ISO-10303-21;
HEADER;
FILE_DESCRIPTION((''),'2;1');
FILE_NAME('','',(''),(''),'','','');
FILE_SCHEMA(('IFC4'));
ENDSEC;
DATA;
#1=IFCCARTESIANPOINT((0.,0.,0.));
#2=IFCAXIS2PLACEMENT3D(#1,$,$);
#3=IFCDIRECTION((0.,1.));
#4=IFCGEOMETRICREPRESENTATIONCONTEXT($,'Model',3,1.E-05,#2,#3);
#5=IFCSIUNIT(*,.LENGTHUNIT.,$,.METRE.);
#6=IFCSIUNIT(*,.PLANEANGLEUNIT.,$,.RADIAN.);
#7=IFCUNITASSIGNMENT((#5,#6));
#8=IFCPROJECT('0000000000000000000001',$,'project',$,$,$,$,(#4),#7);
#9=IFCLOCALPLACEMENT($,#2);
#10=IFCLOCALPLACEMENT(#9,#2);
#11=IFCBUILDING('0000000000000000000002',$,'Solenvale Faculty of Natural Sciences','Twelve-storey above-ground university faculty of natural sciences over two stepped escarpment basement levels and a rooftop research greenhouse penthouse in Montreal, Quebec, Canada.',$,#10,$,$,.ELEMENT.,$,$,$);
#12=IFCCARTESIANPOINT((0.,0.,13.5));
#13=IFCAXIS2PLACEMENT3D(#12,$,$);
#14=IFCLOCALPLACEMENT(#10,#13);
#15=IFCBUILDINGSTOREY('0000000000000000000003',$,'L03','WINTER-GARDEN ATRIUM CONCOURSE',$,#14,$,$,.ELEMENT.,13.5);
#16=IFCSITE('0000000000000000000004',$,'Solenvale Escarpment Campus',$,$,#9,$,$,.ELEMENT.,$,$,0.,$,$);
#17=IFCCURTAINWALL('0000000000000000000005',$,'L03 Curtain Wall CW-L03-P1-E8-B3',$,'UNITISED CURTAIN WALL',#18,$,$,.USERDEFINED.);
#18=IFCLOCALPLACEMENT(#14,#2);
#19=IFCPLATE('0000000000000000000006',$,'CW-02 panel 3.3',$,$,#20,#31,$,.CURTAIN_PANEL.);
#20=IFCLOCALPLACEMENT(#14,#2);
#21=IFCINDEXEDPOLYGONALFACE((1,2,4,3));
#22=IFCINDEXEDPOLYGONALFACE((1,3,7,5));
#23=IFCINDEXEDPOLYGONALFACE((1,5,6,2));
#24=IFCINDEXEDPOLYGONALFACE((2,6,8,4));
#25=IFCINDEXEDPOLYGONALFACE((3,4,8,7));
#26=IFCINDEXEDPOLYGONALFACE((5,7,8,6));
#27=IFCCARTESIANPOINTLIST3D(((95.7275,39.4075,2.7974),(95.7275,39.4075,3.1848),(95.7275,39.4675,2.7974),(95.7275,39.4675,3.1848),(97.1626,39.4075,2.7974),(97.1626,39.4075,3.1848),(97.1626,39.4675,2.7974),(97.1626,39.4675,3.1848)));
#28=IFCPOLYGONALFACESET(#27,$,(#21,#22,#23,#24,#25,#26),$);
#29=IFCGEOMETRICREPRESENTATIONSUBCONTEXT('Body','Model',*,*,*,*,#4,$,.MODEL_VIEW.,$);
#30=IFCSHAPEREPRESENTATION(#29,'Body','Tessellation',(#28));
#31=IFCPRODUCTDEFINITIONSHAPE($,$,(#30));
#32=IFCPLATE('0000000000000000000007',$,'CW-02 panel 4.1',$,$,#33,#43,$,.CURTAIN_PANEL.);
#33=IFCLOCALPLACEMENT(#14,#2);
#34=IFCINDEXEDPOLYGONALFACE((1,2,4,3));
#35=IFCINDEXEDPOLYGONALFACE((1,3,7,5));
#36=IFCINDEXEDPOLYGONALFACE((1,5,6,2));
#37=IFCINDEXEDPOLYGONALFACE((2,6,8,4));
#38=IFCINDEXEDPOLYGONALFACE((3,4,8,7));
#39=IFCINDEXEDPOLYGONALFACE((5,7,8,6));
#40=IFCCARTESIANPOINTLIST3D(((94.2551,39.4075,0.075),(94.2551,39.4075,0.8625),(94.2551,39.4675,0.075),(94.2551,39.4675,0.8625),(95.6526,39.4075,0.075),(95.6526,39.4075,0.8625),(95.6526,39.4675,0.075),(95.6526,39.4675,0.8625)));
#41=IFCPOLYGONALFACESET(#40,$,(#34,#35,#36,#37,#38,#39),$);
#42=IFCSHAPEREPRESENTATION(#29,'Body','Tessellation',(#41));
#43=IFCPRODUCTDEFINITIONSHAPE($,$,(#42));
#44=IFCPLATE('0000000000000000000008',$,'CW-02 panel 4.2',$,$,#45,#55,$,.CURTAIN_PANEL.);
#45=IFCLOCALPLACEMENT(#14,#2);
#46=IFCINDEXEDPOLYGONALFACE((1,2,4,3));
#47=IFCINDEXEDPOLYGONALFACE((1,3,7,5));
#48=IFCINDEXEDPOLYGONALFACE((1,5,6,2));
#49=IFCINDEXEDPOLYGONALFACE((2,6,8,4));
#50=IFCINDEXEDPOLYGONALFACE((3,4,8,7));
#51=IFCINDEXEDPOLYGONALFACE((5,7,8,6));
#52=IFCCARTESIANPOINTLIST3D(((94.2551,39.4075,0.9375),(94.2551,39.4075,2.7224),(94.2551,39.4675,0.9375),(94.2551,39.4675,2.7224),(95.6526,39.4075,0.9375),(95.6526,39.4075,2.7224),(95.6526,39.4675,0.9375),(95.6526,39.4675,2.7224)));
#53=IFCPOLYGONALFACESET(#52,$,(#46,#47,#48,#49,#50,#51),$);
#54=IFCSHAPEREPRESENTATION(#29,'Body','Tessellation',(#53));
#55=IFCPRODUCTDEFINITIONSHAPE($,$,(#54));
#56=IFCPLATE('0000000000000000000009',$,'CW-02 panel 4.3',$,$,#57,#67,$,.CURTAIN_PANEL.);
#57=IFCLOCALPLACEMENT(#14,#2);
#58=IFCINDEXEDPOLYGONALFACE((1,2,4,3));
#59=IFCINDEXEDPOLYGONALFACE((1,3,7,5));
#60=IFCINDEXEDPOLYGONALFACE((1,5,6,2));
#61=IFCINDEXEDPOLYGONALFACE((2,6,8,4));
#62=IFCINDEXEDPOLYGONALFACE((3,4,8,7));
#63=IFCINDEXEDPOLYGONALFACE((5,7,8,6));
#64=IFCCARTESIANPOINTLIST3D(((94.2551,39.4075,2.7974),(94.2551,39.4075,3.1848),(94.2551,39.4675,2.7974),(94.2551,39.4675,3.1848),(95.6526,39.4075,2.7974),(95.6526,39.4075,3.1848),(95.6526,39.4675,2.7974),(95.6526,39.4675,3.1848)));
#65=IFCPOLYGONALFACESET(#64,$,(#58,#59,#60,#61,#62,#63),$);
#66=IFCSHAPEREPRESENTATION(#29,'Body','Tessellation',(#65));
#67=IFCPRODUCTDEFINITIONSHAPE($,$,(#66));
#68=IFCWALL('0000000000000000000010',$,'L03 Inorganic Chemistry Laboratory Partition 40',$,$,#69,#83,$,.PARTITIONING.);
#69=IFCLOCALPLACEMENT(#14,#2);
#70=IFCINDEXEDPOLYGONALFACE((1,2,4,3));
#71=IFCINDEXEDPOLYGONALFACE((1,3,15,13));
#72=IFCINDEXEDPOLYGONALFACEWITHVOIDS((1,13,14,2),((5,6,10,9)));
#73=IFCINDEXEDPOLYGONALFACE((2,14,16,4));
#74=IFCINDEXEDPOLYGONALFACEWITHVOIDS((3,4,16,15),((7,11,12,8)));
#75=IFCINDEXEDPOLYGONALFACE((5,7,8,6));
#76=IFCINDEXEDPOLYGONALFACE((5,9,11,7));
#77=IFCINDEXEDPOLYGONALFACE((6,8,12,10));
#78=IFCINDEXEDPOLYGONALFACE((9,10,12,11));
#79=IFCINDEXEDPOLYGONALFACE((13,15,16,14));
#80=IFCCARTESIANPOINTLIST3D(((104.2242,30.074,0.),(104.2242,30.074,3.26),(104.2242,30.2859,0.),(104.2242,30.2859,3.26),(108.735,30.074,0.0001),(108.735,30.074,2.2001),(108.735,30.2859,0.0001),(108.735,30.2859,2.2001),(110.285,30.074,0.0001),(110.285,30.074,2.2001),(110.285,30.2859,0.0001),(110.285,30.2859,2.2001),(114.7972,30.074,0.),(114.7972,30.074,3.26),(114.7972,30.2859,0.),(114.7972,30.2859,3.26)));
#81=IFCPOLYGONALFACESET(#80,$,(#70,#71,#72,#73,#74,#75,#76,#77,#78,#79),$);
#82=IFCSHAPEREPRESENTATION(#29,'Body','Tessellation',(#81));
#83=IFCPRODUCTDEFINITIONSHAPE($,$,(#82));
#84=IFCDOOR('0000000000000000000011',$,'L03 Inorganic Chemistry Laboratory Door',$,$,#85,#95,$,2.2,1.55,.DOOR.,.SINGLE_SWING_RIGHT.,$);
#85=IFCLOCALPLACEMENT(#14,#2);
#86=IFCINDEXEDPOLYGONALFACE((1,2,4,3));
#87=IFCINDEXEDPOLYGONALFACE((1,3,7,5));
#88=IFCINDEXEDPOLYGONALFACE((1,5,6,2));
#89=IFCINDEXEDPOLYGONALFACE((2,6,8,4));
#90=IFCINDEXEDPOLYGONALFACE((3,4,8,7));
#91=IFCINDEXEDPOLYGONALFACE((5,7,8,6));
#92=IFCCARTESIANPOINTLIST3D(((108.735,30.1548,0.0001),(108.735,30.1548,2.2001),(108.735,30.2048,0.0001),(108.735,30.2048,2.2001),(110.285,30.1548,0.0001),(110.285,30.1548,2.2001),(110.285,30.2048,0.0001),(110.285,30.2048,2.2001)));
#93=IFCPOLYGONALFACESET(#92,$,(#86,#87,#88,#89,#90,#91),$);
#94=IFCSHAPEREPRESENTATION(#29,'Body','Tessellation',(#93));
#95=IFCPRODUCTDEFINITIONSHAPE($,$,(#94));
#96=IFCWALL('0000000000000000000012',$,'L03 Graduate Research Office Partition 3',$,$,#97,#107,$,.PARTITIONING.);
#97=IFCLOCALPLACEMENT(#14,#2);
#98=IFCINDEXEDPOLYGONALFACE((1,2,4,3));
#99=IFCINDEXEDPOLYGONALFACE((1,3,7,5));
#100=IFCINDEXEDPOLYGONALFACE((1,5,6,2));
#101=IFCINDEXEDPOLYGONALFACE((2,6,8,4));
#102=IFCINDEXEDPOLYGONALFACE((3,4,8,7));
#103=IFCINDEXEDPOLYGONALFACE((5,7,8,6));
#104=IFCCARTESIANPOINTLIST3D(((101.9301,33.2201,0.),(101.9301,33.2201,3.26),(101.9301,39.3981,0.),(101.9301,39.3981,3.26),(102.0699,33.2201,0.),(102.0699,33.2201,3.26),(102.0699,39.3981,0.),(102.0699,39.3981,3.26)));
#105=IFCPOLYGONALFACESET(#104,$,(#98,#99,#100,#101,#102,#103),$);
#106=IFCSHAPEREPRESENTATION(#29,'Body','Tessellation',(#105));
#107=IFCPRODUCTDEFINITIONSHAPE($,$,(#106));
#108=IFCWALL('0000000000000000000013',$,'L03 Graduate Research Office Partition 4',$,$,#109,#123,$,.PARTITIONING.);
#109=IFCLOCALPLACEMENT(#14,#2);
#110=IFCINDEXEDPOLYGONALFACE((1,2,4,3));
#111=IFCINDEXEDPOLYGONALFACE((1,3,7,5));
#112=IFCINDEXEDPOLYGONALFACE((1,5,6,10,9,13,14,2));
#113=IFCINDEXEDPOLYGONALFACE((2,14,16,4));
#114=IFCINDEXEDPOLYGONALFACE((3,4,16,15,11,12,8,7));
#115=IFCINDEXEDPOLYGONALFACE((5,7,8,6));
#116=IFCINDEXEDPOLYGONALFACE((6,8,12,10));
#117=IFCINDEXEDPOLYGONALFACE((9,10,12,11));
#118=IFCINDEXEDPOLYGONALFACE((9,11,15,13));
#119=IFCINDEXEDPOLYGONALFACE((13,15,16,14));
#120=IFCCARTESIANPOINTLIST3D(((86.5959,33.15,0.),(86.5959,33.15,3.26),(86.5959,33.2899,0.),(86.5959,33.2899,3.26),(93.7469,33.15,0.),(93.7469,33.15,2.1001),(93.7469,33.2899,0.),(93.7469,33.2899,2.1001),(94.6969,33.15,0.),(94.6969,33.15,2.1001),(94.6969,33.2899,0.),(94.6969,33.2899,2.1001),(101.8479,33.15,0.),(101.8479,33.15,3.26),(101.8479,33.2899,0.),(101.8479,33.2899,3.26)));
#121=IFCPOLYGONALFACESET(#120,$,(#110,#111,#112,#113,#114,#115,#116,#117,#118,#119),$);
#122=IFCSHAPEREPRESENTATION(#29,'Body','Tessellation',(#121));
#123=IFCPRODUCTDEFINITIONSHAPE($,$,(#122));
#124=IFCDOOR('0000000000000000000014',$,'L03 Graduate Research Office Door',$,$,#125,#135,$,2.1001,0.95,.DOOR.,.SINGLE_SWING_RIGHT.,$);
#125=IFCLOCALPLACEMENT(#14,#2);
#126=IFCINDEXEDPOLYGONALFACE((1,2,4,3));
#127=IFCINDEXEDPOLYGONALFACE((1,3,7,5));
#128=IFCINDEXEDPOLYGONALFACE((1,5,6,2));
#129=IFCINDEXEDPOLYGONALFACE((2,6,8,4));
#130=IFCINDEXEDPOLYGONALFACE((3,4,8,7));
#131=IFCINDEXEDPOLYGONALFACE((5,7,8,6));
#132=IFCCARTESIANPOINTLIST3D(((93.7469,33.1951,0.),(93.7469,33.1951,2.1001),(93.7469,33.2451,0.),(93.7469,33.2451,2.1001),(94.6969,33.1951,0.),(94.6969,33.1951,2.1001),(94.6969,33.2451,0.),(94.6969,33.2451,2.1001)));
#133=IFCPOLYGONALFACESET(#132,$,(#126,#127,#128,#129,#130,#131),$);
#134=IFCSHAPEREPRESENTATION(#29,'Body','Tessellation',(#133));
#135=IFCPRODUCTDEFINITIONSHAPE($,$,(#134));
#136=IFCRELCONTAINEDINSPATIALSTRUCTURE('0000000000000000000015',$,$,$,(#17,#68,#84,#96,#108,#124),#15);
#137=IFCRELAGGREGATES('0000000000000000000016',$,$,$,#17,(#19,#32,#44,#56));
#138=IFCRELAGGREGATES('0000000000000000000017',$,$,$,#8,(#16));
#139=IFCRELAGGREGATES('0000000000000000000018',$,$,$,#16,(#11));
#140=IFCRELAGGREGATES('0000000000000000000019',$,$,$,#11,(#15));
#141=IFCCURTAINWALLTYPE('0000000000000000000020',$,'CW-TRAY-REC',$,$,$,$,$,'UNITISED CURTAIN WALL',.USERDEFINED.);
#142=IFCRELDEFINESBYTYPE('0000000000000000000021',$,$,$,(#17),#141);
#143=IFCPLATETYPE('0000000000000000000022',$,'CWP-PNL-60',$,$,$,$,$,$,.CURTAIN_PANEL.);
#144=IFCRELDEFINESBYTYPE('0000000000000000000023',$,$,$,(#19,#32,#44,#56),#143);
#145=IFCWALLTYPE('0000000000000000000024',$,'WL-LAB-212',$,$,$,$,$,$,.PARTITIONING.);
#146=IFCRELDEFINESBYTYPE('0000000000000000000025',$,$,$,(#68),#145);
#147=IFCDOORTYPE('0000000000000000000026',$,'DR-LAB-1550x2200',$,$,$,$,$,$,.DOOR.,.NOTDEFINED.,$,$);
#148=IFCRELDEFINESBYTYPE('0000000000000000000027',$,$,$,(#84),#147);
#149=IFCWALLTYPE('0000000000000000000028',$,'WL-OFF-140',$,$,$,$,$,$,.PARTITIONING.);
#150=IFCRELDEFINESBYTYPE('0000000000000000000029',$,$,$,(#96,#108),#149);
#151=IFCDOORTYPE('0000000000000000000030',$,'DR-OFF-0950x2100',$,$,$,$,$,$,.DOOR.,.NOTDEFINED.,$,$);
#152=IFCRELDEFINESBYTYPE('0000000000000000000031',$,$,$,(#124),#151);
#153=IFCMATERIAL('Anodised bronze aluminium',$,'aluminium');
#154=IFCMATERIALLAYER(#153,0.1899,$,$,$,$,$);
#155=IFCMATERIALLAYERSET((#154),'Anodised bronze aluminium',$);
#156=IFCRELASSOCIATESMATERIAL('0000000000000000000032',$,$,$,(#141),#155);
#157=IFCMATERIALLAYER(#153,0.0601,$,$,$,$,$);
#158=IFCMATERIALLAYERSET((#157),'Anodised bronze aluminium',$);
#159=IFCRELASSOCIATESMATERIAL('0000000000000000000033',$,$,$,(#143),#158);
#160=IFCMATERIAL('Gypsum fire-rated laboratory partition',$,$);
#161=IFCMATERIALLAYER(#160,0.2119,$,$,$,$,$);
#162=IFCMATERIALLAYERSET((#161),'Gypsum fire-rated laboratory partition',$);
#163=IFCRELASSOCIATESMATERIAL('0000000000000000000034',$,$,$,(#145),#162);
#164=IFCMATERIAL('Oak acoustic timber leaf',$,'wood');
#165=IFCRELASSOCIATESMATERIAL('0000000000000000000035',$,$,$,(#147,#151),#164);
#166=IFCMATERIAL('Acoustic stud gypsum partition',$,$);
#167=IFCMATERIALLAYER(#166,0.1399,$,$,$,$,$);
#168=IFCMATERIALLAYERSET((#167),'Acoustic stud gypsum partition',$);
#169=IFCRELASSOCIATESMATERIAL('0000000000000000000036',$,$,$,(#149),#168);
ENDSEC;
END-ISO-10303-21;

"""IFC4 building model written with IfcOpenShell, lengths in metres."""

from ifc_helpers import new_model, si_unit, direction, frame, frame_2d, origin, origin_2d, place, context, subcontext, project, spatial, rectangle, extrude, material, layer, layer_set, type_object, element, fill, aggregate, save


model = new_model("IFC4")

# Units and contexts
model_context = context("Model", 3, precision=1e-05, world=origin(), true_north=direction((0.0, 1.0)))
body_context = subcontext(model_context, "Body", "Model", "MODEL_VIEW")
ifc_project = project(units=[si_unit("LENGTHUNIT", "METRE"), si_unit("PLANEANGLEUNIT", "RADIAN")], contexts=[model_context])

# Site, building, storey
site_placement = place(None, origin())
site = spatial("IfcSite", under=ifc_project, at=site_placement, Name="Solenvale Escarpment Campus", CompositionType="ELEMENT", RefElevation=0.0)
building_placement = place(site_placement, origin())
building = spatial("IfcBuilding", under=site, at=building_placement, Name="Solenvale Faculty of Natural Sciences", Description="Twelve-storey above-ground university faculty of natural sciences over two stepped escarpment basement levels and a rooftop research greenhouse penthouse in Montreal, Quebec, Canada.", CompositionType="ELEMENT")
storey_placement = place(building_placement, frame((0.0, 0.0, 13.5)))
storey = spatial("IfcBuildingStorey", under=building, at=storey_placement, Name="L03", Description="WINTER-GARDEN ATRIUM CONCOURSE", CompositionType="ELEMENT", Elevation=13.5)

# Curtain wall, plates
ifc_material_1 = material(Name="Anodised bronze aluminium", Category="aluminium")
ifc_layer_1 = layer(ifc_material_1, 0.1899)
ifc_layer_set_1 = layer_set([ifc_layer_1], Name="Anodised bronze aluminium")
curtain_wall_type = type_object("IfcCurtainWallType", Name="CW-TRAY-REC", ElementType="UNITISED CURTAIN WALL", PredefinedType="USERDEFINED", material=ifc_layer_set_1)
curtain_wall_placement = place(storey_placement, origin())
curtain_wall = element("IfcCurtainWall", 1, at=curtain_wall_placement, inside=storey, type_object=curtain_wall_type, Name="L03 Curtain Wall CW-L03-P1-E8-B3", ObjectType="UNITISED CURTAIN WALL", PredefinedType="USERDEFINED")
ifc_layer_2 = layer(ifc_material_1, 0.0601)
ifc_layer_set_2 = layer_set([ifc_layer_2], Name="Anodised bronze aluminium")
plate_type = type_object("IfcPlateType", Name="CWP-PNL-60", PredefinedType="CURTAIN_PANEL", material=ifc_layer_set_2)
plate_1_placement = place(storey_placement, frame((96.4451, 39.4375, 2.7974), z_axis=(0.0, 0.0, 1.0), x_axis=(-1.0, 0.0, 0.0)))
plate_1 = element("IfcPlate", 2, at=plate_1_placement, type_object=plate_type, Name="CW-02 panel 3.3", PredefinedType="CURTAIN_PANEL", context=body_context, shape_type="SweptSolid", body=[
    extrude(rectangle(XDim=1.4351, YDim=0.0601, at=origin_2d()), origin(), (0.0, 0.0, 1.0), 0.3875),
])
plate_2_placement = place(storey_placement, frame((94.9539, 39.4375, 0.075), z_axis=(0.0, 0.0, 1.0), x_axis=(-1.0, 0.0, 0.0)))
plate_2 = element("IfcPlate", 3, at=plate_2_placement, type_object=plate_type, Name="CW-02 panel 4.1", PredefinedType="CURTAIN_PANEL", context=body_context, shape_type="SweptSolid", body=[
    extrude(rectangle(XDim=1.3975, YDim=0.0601, at=origin_2d()), origin(), (0.0, 0.0, 1.0), 0.7876),
])
plate_3_placement = place(storey_placement, frame((94.9539, 39.4375, 0.9375), z_axis=(0.0, 0.0, 1.0), x_axis=(-1.0, 0.0, 0.0)))
plate_3 = element("IfcPlate", 4, at=plate_3_placement, type_object=plate_type, Name="CW-02 panel 4.2", PredefinedType="CURTAIN_PANEL", context=body_context, shape_type="SweptSolid", body=[
    extrude(rectangle(XDim=1.3975, YDim=0.0601, at=origin_2d()), origin(), (0.0, 0.0, 1.0), 1.7849),
])
plate_4_placement = place(storey_placement, frame((94.9539, 39.4375, 2.7974), z_axis=(0.0, 0.0, 1.0), x_axis=(-1.0, 0.0, 0.0)))
plate_4 = element("IfcPlate", 5, at=plate_4_placement, type_object=plate_type, Name="CW-02 panel 4.3", PredefinedType="CURTAIN_PANEL", context=body_context, shape_type="SweptSolid", body=[
    extrude(rectangle(XDim=1.3975, YDim=0.0601, at=origin_2d()), origin(), (0.0, 0.0, 1.0), 0.3875),
])
aggregate(curtain_wall, [plate_1, plate_2, plate_3, plate_4])

# Wall, opening, door
ifc_material_2 = material(Name="Gypsum fire-rated laboratory partition")
ifc_layer_3 = layer(ifc_material_2, 0.2119)
ifc_layer_set_3 = layer_set([ifc_layer_3], Name="Gypsum fire-rated laboratory partition")
wall_type_1 = type_object("IfcWallType", Name="WL-LAB-212", PredefinedType="PARTITIONING", material=ifc_layer_set_3)
wall_1_placement = place(storey_placement, frame((104.2241, 30.1799, 0.0), z_axis=(0.0, 0.0, 1.0), x_axis=(1.0, 0.0, 0.0)))
wall_1 = element("IfcWall", 6, at=wall_1_placement, inside=storey, type_object=wall_type_1, Name="L03 Inorganic Chemistry Laboratory Partition 40", PredefinedType="PARTITIONING", context=body_context, shape_type="SweptSolid", body=[
    extrude(rectangle(XDim=10.573, YDim=0.2119, at=frame_2d((5.2866, 0.0))), origin(), (0.0, 0.0, 1.0), 3.26),
])
opening_1_placement = place(wall_1_placement, frame((4.511, 0.0, 0.0)))
opening_1 = element("IfcOpeningElement", 7, at=opening_1_placement, cuts=wall_1, PredefinedType="OPENING", context=body_context, shape_type="SweptSolid", body=[
    extrude(rectangle(XDim=1.55, YDim=2.2, at=frame_2d((0.7749, 1.1001))), frame((0.0, 0.116, 0.0), z_axis=(0.0, -1.0, 0.0), x_axis=(1.0, 0.0, 0.0)), (0.0, 0.0, 1.0), 0.2319),
])
ifc_material_3 = material(Name="Oak acoustic timber leaf", Category="wood")
door_type_1 = type_object("IfcDoorType", Name="DR-LAB-1550x2200", OperationType="NOTDEFINED", PredefinedType="DOOR", material=ifc_material_3)
door_1_placement = place(opening_1_placement, origin())
door_1 = element("IfcDoor", 8, at=door_1_placement, inside=storey, type_object=door_type_1, Name="L03 Inorganic Chemistry Laboratory Door", OperationType="SINGLE_SWING_RIGHT", OverallHeight=2.2, OverallWidth=1.55, PredefinedType="DOOR", context=body_context, shape_type="SweptSolid", body=[
    extrude(rectangle(XDim=1.55, YDim=2.2, at=frame_2d((0.7749, 1.1001))), frame((0.0, 0.0249, 0.0), z_axis=(0.0, -1.0, 0.0), x_axis=(1.0, 0.0, 0.0)), (0.0, 0.0, 1.0), 0.05),
])
fill(opening_1, door_1)

# Wall
ifc_material_4 = material(Name="Acoustic stud gypsum partition")
ifc_layer_4 = layer(ifc_material_4, 0.1399)
ifc_layer_set_4 = layer_set([ifc_layer_4], Name="Acoustic stud gypsum partition")
wall_type_2 = type_object("IfcWallType", Name="WL-OFF-140", PredefinedType="PARTITIONING", material=ifc_layer_set_4)
wall_2_placement = place(storey_placement, frame((102.0, 39.3979, 0.0), z_axis=(0.0, 0.0, 1.0), x_axis=(0.0, -1.0, 0.0)))
element("IfcWall", 9, at=wall_2_placement, inside=storey, type_object=wall_type_2, Name="L03 Graduate Research Office Partition 3", PredefinedType="PARTITIONING", context=body_context, shape_type="SweptSolid", body=[
    extrude(rectangle(XDim=6.178, YDim=0.1399, at=frame_2d((3.0889, 0.0))), origin(), (0.0, 0.0, 1.0), 3.26),
])

# Wall, opening, door
wall_3_placement = place(storey_placement, frame((101.8479, 33.22, 0.0), z_axis=(0.0, 0.0, 1.0), x_axis=(-1.0, 0.0, 0.0)))
wall_3 = element("IfcWall", 10, at=wall_3_placement, inside=storey, type_object=wall_type_2, Name="L03 Graduate Research Office Partition 4", PredefinedType="PARTITIONING", context=body_context, shape_type="SweptSolid", body=[
    extrude(rectangle(XDim=15.252, YDim=0.1399, at=frame_2d((7.626, 0.0))), origin(), (0.0, 0.0, 1.0), 3.26),
])
opening_2_placement = place(wall_3_placement, frame((7.1509, 0.0, 0.0)))
opening_2 = element("IfcOpeningElement", 11, at=opening_2_placement, cuts=wall_3, PredefinedType="OPENING", context=body_context, shape_type="SweptSolid", body=[
    extrude(rectangle(XDim=0.95, YDim=2.1001, at=frame_2d((0.4751, 1.05))), frame((0.0, 0.0798, 0.0), z_axis=(0.0, -1.0, 0.0), x_axis=(1.0, 0.0, 0.0)), (0.0, 0.0, 1.0), 0.1599),
])
door_type_2 = type_object("IfcDoorType", Name="DR-OFF-0950x2100", OperationType="NOTDEFINED", PredefinedType="DOOR", material=ifc_material_3)
door_2_placement = place(opening_2_placement, origin())
door_2 = element("IfcDoor", 12, at=door_2_placement, inside=storey, type_object=door_type_2, Name="L03 Graduate Research Office Door", OperationType="SINGLE_SWING_RIGHT", OverallHeight=2.1001, OverallWidth=0.95, PredefinedType="DOOR", context=body_context, shape_type="SweptSolid", body=[
    extrude(rectangle(XDim=0.95, YDim=2.1001, at=frame_2d((0.4751, 1.05))), frame((0.0, 0.0249, 0.0), z_axis=(0.0, -1.0, 0.0), x_axis=(1.0, 0.0, 0.0)), (0.0, 0.0, 1.0), 0.05),
])
fill(opening_2, door_2)

save(model, "model.ifc")
